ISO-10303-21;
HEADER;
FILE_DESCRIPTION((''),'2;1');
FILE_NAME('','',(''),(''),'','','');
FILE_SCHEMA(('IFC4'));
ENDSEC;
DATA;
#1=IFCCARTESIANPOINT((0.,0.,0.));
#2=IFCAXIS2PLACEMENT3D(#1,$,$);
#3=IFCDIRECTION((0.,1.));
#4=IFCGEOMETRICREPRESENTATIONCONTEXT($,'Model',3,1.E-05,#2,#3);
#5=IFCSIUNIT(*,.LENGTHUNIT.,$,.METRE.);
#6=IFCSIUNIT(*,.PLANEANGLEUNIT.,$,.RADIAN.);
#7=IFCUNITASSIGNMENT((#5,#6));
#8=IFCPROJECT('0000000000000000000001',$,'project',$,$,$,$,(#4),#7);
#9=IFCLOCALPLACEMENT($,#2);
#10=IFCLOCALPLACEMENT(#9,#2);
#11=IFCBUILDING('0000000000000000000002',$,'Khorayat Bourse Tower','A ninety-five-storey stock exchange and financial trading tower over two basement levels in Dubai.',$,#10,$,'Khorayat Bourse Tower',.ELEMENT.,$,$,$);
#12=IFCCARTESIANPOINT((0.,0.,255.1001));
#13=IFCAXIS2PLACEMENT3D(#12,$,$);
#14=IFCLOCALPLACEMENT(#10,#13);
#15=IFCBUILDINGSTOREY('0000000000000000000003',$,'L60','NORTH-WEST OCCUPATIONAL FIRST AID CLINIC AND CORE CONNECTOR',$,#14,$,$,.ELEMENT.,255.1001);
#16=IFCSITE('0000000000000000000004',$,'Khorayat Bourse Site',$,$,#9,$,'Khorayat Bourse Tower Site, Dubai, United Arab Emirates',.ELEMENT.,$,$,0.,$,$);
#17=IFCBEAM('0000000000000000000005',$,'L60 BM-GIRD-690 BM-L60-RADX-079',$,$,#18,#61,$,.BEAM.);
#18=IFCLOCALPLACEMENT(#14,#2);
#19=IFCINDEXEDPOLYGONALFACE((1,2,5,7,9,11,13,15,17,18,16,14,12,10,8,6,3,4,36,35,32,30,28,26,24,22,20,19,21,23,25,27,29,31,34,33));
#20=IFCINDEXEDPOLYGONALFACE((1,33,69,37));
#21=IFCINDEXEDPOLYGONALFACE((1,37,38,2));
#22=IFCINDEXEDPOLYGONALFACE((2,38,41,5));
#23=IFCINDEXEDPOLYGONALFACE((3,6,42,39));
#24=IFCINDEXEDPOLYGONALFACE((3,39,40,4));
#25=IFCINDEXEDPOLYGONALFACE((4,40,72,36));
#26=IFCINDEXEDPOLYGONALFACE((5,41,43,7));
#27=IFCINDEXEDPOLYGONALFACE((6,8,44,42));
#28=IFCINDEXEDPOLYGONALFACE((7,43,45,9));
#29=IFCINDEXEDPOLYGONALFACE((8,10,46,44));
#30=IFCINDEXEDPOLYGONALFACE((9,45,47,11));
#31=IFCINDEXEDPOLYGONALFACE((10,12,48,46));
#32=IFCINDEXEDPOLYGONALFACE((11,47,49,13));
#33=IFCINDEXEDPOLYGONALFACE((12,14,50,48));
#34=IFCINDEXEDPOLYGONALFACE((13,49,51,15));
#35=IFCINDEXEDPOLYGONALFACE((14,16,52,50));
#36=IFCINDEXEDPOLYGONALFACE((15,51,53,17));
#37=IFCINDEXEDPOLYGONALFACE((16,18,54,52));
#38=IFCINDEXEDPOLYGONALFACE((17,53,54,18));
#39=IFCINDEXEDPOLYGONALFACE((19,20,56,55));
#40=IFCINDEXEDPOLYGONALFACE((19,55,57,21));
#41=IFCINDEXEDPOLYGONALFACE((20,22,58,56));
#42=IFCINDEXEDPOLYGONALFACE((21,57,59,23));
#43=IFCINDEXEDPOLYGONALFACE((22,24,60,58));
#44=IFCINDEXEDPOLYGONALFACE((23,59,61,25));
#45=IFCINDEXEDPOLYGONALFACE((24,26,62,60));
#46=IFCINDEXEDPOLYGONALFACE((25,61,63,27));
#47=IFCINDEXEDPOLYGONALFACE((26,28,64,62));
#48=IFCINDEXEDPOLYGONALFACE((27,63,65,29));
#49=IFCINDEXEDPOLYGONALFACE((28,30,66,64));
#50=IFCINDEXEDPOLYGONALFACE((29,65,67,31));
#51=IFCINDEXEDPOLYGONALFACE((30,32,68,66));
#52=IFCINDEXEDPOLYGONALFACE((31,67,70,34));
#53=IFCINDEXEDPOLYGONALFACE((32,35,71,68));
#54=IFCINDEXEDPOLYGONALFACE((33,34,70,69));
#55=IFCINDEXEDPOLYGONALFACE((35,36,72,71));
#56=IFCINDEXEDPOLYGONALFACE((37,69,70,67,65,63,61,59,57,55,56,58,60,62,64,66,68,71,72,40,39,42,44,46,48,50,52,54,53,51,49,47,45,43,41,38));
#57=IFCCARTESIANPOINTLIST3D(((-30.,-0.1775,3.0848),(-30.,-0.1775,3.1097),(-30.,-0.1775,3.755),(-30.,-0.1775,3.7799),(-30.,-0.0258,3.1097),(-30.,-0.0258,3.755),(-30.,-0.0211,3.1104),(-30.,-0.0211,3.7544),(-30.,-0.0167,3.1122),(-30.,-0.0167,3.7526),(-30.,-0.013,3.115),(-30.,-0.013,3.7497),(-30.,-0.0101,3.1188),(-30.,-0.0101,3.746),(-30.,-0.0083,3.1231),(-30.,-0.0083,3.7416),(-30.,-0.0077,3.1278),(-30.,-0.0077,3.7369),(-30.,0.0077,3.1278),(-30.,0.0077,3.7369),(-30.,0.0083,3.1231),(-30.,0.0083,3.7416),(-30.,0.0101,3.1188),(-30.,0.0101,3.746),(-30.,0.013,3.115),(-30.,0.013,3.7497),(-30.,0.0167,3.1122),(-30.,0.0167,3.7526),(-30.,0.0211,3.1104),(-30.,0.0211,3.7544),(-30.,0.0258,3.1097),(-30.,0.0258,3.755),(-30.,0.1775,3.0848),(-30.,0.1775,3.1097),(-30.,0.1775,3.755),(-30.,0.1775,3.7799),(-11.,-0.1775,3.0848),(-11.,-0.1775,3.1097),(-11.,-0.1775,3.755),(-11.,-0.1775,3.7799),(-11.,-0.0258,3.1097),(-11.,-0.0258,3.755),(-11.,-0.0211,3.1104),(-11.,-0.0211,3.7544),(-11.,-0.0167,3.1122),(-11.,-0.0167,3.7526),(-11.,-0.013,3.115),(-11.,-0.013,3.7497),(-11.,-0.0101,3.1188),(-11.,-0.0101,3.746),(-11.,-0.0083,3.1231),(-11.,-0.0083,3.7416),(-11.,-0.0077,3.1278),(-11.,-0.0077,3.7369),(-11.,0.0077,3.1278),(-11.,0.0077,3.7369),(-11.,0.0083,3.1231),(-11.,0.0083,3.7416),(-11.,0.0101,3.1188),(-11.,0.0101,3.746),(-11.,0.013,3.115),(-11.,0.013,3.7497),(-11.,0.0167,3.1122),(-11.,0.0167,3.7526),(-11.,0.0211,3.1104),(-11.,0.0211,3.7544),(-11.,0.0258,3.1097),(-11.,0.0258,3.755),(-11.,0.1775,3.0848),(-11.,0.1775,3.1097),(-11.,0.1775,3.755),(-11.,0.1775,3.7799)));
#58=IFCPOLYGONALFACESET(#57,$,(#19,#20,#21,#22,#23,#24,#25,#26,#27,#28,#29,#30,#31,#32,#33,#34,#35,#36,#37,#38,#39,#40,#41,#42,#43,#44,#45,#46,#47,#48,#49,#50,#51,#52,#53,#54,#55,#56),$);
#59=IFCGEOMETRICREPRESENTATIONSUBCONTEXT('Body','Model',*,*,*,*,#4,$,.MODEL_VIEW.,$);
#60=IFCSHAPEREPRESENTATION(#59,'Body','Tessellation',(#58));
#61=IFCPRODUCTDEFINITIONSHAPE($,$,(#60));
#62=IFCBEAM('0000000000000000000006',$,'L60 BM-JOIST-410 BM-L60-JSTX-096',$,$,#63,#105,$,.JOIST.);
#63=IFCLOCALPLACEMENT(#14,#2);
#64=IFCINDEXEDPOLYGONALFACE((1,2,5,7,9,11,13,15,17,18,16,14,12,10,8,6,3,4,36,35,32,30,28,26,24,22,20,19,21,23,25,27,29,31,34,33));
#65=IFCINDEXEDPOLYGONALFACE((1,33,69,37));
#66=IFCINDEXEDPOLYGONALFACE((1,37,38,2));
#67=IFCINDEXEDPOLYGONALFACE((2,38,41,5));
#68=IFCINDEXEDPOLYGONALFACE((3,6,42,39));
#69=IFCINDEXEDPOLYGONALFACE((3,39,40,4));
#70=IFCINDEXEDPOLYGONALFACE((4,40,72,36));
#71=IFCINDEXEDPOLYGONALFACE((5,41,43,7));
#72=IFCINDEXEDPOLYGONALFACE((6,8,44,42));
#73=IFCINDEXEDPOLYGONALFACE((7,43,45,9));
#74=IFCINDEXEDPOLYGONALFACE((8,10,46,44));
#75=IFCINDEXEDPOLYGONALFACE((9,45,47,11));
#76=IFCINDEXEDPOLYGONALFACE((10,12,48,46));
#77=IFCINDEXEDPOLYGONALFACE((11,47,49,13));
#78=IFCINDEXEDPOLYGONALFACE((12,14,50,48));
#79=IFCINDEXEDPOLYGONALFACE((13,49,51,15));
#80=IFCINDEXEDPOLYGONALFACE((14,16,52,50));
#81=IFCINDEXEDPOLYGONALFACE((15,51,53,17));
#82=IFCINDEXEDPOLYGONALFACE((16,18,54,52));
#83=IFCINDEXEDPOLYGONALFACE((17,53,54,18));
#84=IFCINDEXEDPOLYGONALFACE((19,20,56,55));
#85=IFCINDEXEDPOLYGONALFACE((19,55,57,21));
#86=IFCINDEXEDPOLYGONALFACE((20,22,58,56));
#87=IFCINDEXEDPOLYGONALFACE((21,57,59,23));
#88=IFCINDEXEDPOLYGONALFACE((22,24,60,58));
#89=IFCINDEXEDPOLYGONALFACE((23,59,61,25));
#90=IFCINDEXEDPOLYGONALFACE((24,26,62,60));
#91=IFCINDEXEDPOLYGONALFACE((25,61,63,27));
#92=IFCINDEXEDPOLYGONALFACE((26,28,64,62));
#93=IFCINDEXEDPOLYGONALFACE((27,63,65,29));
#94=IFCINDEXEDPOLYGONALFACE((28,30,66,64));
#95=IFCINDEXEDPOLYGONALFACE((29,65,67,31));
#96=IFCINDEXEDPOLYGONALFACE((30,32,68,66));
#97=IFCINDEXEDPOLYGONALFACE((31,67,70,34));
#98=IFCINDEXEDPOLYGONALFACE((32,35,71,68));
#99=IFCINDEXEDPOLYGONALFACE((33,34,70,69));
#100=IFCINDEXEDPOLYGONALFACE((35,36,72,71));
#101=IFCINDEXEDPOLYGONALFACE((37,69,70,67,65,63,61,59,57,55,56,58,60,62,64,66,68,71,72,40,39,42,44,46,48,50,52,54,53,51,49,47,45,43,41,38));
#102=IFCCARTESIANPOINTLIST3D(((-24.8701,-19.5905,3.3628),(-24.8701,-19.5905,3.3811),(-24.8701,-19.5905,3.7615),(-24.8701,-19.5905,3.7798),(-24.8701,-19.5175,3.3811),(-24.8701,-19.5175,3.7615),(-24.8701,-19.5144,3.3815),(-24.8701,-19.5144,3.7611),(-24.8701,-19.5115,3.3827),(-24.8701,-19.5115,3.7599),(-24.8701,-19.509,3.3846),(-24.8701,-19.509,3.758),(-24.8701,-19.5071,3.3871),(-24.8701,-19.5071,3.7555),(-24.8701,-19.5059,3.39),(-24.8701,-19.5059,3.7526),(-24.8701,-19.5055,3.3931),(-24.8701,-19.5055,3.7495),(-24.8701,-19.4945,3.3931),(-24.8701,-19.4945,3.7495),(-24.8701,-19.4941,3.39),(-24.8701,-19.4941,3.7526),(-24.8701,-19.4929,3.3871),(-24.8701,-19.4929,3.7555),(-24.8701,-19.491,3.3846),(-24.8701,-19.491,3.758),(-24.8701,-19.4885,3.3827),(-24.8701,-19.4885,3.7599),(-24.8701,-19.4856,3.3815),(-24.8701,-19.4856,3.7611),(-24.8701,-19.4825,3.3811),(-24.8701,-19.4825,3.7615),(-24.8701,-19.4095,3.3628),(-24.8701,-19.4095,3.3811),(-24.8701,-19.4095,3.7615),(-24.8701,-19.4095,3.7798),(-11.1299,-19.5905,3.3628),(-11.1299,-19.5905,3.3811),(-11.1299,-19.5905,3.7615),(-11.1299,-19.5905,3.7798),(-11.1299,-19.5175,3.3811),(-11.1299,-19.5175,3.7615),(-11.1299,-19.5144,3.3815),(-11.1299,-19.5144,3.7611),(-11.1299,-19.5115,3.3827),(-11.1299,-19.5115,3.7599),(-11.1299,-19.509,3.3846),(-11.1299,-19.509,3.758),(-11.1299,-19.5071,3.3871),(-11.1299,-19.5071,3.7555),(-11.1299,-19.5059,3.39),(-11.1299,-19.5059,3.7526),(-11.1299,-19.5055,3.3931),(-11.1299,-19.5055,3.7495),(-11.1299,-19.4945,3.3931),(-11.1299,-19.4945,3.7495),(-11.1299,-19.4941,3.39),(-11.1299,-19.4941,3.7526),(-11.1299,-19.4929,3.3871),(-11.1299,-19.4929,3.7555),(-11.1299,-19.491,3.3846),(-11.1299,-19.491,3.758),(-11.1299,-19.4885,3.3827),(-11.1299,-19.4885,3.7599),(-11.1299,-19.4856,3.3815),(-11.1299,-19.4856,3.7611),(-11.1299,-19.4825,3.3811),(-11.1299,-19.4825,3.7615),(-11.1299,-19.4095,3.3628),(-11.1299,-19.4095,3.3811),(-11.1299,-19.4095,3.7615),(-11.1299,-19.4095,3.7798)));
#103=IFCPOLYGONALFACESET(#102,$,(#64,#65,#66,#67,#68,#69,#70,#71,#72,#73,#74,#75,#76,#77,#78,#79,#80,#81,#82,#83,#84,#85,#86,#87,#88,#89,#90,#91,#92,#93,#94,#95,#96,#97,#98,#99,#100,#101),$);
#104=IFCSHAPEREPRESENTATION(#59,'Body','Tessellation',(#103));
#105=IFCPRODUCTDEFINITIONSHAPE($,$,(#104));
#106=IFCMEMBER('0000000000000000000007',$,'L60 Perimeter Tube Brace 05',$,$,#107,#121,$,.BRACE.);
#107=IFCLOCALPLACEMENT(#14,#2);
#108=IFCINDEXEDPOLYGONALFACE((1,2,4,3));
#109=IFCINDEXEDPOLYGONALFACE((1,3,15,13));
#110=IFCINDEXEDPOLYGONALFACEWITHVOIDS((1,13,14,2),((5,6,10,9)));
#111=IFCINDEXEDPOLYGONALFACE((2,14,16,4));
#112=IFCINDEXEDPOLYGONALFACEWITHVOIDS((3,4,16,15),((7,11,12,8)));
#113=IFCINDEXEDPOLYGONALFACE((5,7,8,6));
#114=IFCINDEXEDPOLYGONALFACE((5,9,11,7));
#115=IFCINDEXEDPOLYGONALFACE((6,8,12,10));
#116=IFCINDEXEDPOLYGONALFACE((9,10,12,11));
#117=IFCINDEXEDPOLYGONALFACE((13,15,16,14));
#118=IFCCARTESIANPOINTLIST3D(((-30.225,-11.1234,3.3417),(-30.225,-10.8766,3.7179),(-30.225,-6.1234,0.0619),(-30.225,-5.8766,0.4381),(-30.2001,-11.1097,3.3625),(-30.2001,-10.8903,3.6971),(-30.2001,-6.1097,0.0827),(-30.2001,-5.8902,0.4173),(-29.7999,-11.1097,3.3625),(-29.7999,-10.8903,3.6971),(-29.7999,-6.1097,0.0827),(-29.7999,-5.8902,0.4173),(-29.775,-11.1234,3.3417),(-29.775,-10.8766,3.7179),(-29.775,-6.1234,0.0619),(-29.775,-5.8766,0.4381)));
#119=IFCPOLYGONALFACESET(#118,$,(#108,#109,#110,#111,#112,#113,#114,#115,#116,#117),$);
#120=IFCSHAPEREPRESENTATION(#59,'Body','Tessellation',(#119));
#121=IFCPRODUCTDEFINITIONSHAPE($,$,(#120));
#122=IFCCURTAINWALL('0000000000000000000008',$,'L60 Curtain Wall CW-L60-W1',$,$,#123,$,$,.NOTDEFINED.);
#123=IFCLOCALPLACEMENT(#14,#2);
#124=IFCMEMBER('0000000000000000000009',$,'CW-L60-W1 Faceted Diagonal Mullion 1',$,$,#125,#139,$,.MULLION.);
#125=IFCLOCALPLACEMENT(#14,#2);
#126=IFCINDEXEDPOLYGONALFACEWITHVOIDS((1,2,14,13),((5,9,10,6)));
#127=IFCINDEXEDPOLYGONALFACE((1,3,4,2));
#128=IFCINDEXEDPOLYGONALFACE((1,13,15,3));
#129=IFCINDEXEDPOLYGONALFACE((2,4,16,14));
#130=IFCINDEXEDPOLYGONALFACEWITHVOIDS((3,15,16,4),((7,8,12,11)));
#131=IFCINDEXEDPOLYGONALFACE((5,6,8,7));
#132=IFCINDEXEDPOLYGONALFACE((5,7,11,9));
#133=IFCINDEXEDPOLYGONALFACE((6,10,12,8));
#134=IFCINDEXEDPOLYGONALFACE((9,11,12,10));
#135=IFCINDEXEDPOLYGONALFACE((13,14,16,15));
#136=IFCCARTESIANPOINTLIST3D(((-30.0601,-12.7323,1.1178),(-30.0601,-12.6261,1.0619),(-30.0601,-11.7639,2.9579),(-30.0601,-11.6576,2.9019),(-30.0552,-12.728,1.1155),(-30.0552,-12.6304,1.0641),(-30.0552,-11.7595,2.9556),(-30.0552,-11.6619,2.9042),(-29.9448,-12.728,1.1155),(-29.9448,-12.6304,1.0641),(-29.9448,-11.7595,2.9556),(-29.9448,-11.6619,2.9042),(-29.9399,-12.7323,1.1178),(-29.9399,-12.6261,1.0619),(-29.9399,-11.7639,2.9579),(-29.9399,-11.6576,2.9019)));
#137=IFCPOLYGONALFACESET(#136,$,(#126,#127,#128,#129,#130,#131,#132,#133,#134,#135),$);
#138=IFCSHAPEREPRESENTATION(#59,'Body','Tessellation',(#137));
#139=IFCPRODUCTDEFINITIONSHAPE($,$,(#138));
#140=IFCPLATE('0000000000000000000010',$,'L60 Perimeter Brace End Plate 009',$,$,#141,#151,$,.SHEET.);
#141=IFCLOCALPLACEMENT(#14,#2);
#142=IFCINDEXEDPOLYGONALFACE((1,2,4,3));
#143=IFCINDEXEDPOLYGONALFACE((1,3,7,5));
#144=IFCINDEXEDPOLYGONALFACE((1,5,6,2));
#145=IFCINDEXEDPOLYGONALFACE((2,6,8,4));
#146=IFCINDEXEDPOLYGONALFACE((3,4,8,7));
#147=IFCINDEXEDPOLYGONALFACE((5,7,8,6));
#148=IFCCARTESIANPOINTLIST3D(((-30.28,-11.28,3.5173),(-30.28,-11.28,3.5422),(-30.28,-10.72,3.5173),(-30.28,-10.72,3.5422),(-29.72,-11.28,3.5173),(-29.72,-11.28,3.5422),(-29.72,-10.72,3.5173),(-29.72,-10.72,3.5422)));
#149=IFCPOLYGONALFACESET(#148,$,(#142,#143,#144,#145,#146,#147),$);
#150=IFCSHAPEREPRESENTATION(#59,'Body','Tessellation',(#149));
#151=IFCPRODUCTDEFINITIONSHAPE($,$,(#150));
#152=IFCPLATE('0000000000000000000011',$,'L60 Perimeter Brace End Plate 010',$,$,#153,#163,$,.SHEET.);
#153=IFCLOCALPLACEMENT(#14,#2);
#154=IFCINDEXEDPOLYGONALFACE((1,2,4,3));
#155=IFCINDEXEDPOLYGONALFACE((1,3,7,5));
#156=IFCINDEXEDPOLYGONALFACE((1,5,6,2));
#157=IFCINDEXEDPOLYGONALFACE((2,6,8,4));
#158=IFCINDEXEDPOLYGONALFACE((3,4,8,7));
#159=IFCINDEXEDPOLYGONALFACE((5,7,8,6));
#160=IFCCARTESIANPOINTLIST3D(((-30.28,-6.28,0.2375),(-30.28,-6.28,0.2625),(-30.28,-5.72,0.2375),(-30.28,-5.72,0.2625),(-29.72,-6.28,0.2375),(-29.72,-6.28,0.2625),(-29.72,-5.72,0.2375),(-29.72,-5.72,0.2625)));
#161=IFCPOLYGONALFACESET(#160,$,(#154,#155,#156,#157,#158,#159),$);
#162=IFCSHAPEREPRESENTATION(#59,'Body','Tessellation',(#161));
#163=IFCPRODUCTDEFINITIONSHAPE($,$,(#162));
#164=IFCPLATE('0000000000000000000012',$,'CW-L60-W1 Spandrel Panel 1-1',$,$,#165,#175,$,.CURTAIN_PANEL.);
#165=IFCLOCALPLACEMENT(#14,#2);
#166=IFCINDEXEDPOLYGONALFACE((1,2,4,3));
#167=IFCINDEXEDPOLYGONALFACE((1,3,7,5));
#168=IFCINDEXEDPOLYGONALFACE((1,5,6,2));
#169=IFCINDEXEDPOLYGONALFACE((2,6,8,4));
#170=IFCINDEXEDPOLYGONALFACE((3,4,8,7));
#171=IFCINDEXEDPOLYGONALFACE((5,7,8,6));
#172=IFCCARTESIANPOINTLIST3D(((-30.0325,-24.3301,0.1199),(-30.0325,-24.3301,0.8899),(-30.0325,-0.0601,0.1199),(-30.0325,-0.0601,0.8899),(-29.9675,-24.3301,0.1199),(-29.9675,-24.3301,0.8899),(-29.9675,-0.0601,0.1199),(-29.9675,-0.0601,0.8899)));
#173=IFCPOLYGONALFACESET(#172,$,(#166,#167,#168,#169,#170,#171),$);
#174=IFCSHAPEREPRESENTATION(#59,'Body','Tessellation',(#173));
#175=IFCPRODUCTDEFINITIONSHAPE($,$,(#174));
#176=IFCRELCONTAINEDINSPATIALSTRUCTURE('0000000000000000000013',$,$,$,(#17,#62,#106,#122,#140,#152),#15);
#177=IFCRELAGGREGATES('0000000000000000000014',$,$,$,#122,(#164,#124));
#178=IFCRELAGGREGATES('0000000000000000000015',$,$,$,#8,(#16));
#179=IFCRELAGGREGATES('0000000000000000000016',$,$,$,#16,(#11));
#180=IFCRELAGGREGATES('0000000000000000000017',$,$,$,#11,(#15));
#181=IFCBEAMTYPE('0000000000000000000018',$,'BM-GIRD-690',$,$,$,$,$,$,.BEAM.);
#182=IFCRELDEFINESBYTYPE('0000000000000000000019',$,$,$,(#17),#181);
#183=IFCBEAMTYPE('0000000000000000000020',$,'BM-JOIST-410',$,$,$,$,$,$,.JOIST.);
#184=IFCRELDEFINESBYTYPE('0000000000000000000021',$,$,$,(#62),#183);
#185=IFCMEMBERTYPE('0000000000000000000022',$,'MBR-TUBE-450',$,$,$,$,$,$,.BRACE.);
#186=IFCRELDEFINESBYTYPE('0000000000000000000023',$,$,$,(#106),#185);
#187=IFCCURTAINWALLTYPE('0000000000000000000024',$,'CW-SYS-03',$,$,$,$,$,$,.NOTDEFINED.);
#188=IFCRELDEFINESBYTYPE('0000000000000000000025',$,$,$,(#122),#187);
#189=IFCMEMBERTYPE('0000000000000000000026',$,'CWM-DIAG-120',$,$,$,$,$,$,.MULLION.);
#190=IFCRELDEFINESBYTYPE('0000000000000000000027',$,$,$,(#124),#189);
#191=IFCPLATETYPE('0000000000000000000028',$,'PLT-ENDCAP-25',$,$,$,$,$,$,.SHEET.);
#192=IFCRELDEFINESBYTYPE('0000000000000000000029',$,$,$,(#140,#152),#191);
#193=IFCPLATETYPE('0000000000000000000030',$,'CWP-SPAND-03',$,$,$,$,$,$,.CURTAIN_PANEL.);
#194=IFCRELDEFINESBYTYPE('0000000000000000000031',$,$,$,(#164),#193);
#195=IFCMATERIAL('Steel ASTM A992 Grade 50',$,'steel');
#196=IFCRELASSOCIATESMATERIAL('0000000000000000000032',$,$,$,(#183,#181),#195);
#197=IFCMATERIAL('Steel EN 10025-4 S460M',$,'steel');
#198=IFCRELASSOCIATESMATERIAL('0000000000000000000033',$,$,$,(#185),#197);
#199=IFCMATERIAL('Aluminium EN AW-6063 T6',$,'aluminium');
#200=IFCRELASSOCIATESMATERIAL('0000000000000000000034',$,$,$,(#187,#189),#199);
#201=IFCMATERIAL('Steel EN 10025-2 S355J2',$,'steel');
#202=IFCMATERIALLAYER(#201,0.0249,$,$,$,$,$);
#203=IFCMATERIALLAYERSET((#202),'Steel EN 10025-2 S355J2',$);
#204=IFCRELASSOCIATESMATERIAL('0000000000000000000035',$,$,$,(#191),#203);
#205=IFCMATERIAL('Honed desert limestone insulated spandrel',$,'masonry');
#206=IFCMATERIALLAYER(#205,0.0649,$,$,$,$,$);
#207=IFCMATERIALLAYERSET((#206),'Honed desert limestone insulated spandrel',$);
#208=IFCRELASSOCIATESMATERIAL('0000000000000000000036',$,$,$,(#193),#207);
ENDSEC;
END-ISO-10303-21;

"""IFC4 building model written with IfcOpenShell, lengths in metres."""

from ifc_helpers import new_model, si_unit, direction, frame, origin, origin_2d, place, context, subcontext, project, spatial, rectangle, hollow_rectangle, i_section, extrude, source, transform, mapped, material, layer, layer_set, material_profile, profile_set, type_object, element, aggregate, save


model = new_model("IFC4")

# Units and contexts
model_context = context("Model", 3, precision=1e-05, world=origin(), true_north=direction((0.0, 1.0)))
body_context = subcontext(model_context, "Body", "Model", "MODEL_VIEW")
ifc_project = project(units=[si_unit("LENGTHUNIT", "METRE"), si_unit("PLANEANGLEUNIT", "RADIAN")], contexts=[model_context])

# Site, building, storey
site_placement = place(None, origin())
site = spatial("IfcSite", under=ifc_project, at=site_placement, Name="Khorayat Bourse Site", LongName="Khorayat Bourse Tower Site, Dubai, United Arab Emirates", CompositionType="ELEMENT", RefElevation=0.0)
building_placement = place(site_placement, origin())
building = spatial("IfcBuilding", under=site, at=building_placement, Name="Khorayat Bourse Tower", Description="A ninety-five-storey stock exchange and financial trading tower over two basement levels in Dubai.", LongName="Khorayat Bourse Tower", CompositionType="ELEMENT")
storey_placement = place(building_placement, frame((0.0, 0.0, 255.1001)))
storey = spatial("IfcBuildingStorey", under=building, at=storey_placement, Name="L60", Description="NORTH-WEST OCCUPATIONAL FIRST AID CLINIC AND CORE CONNECTOR", CompositionType="ELEMENT", Elevation=255.1001)

# Shared definitions
ifc_material_1 = material(Name="Steel EN 10025-4 S460M", Category="steel")

# Beams
ifc_material_2 = material(Name="Steel ASTM A992 Grade 50", Category="steel")
ifc_material_profile_1 = material_profile(ifc_material_2, i_section(OverallWidth=0.1809, OverallDepth=0.417, WebThickness=0.011, FlangeThickness=0.0183, FilletRadius=0.012, at=origin_2d()), Name="W410X85")
ifc_profile_set_1 = profile_set([ifc_material_profile_1], Name="Steel ASTM A992 Grade 50")
beam_type_1 = type_object("IfcBeamType", Name="BM-JOIST-410", PredefinedType="JOIST", material=ifc_profile_set_1)
ifc_material_profile_2 = material_profile(ifc_material_2, i_section(OverallWidth=0.355, OverallDepth=0.6951, WebThickness=0.0154, FlangeThickness=0.0249, FilletRadius=0.0181, at=origin_2d()), Name="W690X217")
ifc_profile_set_2 = profile_set([ifc_material_profile_2], Name="Steel ASTM A992 Grade 50")
beam_type_2 = type_object("IfcBeamType", Name="BM-GIRD-690", PredefinedType="BEAM", material=ifc_profile_set_2)
shared_shape_1 = source(origin(), body_context, "Body", "SweptSolid", [
    extrude(i_section(OverallWidth=0.355, OverallDepth=0.6951, WebThickness=0.0154, FlangeThickness=0.0249, FilletRadius=0.0181, at=origin_2d()), origin(), (0.0, 0.0, 1.0), 19.0),
])
for number, where, z_axis, x_axis, name in (
    (1, (-30.0, 0.0, 3.4324), (1.0, 0.0, 0.0), (0.0, 1.0, 0.0), "L60 BM-GIRD-690 BM-L60-RADX-079"),
):
    element("IfcBeam", number, at=place(storey_placement, frame(where, z_axis=z_axis, x_axis=x_axis)), inside=storey, type_object=beam_type_2, Name=name, PredefinedType="BEAM", context=body_context, shape_type="MappedRepresentation", body=[
        mapped(shared_shape_1, transform((0.0, 0.0, 0.0), scale=1.0)),
    ])
shared_shape_2 = source(origin(), body_context, "Body", "SweptSolid", [
    extrude(i_section(OverallWidth=0.1809, OverallDepth=0.417, WebThickness=0.011, FlangeThickness=0.0183, FilletRadius=0.012, at=origin_2d()), origin(), (0.0, 0.0, 1.0), 13.7402),
])
beam_1_placement = place(storey_placement, frame((-24.8701, -19.5, 3.5713), z_axis=(1.0, 0.0, 0.0), x_axis=(0.0, 1.0, 0.0)))
element("IfcBeam", 2, at=beam_1_placement, inside=storey, type_object=beam_type_1, Name="L60 BM-JOIST-410 BM-L60-JSTX-096", PredefinedType="JOIST", context=body_context, shape_type="MappedRepresentation", body=[
    mapped(shared_shape_2, transform((0.0, 0.0, 0.0), scale=1.0)),
])

# Member
ifc_material_profile_3 = material_profile(ifc_material_1, hollow_rectangle(XDim=0.45, YDim=0.45, WallThickness=0.0249, at=origin_2d()), Name="HSS 450x450x25")
ifc_profile_set_3 = profile_set([ifc_material_profile_3], Name="Steel EN 10025-4 S460M")
member_type_1 = type_object("IfcMemberType", Name="MBR-TUBE-450", PredefinedType="BRACE", material=ifc_profile_set_3)
shared_shape_3 = source(origin(), body_context, "Body", "SweptSolid", [
    extrude(hollow_rectangle(XDim=0.45, YDim=0.45, WallThickness=0.0249, at=origin_2d()), origin(), (0.0, 0.0, 1.0), 5.9797),
])
member_1_placement = place(storey_placement, frame((-30.0, -11.0, 3.5298), z_axis=(0.0, 0.83616, -0.548485), x_axis=(-1.0, 0.0, 0.0)))
element("IfcMember", 3, at=member_1_placement, inside=storey, type_object=member_type_1, Name="L60 Perimeter Tube Brace 05", PredefinedType="BRACE", context=body_context, shape_type="MappedRepresentation", body=[
    mapped(shared_shape_3, transform((0.0, 0.0, 0.0), scale=1.0)),
])

# Curtain wall, member
ifc_material_3 = material(Name="Aluminium EN AW-6063 T6", Category="aluminium")
curtain_wall_type = type_object("IfcCurtainWallType", Name="CW-SYS-03", PredefinedType="NOTDEFINED", material=ifc_material_3)
curtain_wall_placement = place(storey_placement, origin())
curtain_wall = element("IfcCurtainWall", 4, at=curtain_wall_placement, inside=storey, type_object=curtain_wall_type, Name="L60 Curtain Wall CW-L60-W1", PredefinedType="NOTDEFINED")
ifc_material_profile_4 = material_profile(ifc_material_3, hollow_rectangle(XDim=0.1201, YDim=0.1201, WallThickness=0.0049, at=origin_2d()), Name="ALU 120x120x5")
ifc_profile_set_4 = profile_set([ifc_material_profile_4], Name="Aluminium EN AW-6063 T6")
member_type_2 = type_object("IfcMemberType", Name="CWM-DIAG-120", PredefinedType="MULLION", material=ifc_profile_set_4)
shared_shape_4 = source(origin(), body_context, "Body", "SweptSolid", [
    extrude(hollow_rectangle(XDim=0.1201, YDim=0.1201, WallThickness=0.0049, at=origin_2d()), origin(), (0.0, 0.0, 1.0), 2.0793),
])
member_2_placement = place(storey_placement, frame((-30.0, -12.6792, 1.0898), z_axis=(0.0, 0.465761, 0.884911), x_axis=(-1.0, 0.0, 0.0)))
member_2 = element("IfcMember", 5, at=member_2_placement, type_object=member_type_2, Name="CW-L60-W1 Faceted Diagonal Mullion 1", PredefinedType="MULLION", context=body_context, shape_type="MappedRepresentation", body=[
    mapped(shared_shape_4, transform((0.0, 0.0, 0.0), scale=1.0)),
])

# Plates
ifc_material_4 = material(Name="Steel EN 10025-2 S355J2", Category="steel")
ifc_layer_1 = layer(ifc_material_4, 0.0249)
ifc_layer_set_1 = layer_set([ifc_layer_1], Name="Steel EN 10025-2 S355J2")
plate_type_1 = type_object("IfcPlateType", Name="PLT-ENDCAP-25", PredefinedType="SHEET", material=ifc_layer_set_1)
shared_shape_5 = source(origin(), body_context, "Body", "SweptSolid", [
    extrude(rectangle(XDim=0.5601, YDim=0.5601, at=origin_2d()), origin(), (0.0, 0.0, 1.0), 0.0249),
])
for number, where, z_axis, x_axis, name in (
    (6, (-30.0, -11.0, 3.5173), (0.0, 0.0, 1.0), (1.0, 0.0, 0.0), "L60 Perimeter Brace End Plate 009"),
    (7, (-30.0, -6.0, 0.2375), (0.0, 0.0, 1.0), (1.0, 0.0, 0.0), "L60 Perimeter Brace End Plate 010"),
):
    element("IfcPlate", number, at=place(storey_placement, frame(where, z_axis=z_axis, x_axis=x_axis)), inside=storey, type_object=plate_type_1, Name=name, PredefinedType="SHEET", context=body_context, shape_type="MappedRepresentation", body=[
        mapped(shared_shape_5, transform((0.0, 0.0, 0.0), scale=1.0)),
    ])

# Plate
ifc_material_5 = material(Name="Honed desert limestone insulated spandrel", Category="masonry")
ifc_layer_2 = layer(ifc_material_5, 0.0649)
ifc_layer_set_2 = layer_set([ifc_layer_2], Name="Honed desert limestone insulated spandrel")
plate_type_2 = type_object("IfcPlateType", Name="CWP-SPAND-03", PredefinedType="CURTAIN_PANEL", material=ifc_layer_set_2)
shared_shape_6 = source(origin(), body_context, "Body", "SweptSolid", [
    extrude(rectangle(XDim=24.27, YDim=0.0649, at=origin_2d()), origin(), (0.0, 0.0, 1.0), 0.77),
])
plate_1_placement = place(storey_placement, frame((-30.0, -12.1951, 0.1199), z_axis=(0.0, 0.0, 1.0), x_axis=(0.0, 1.0, 0.0)))
plate_1 = element("IfcPlate", 8, at=plate_1_placement, type_object=plate_type_2, Name="CW-L60-W1 Spandrel Panel 1-1", PredefinedType="CURTAIN_PANEL", context=body_context, shape_type="MappedRepresentation", body=[
    mapped(shared_shape_6, transform((0.0, 0.0, 0.0), scale=1.0)),
])
aggregate(curtain_wall, [plate_1, member_2])

save(model, "model.ifc")
